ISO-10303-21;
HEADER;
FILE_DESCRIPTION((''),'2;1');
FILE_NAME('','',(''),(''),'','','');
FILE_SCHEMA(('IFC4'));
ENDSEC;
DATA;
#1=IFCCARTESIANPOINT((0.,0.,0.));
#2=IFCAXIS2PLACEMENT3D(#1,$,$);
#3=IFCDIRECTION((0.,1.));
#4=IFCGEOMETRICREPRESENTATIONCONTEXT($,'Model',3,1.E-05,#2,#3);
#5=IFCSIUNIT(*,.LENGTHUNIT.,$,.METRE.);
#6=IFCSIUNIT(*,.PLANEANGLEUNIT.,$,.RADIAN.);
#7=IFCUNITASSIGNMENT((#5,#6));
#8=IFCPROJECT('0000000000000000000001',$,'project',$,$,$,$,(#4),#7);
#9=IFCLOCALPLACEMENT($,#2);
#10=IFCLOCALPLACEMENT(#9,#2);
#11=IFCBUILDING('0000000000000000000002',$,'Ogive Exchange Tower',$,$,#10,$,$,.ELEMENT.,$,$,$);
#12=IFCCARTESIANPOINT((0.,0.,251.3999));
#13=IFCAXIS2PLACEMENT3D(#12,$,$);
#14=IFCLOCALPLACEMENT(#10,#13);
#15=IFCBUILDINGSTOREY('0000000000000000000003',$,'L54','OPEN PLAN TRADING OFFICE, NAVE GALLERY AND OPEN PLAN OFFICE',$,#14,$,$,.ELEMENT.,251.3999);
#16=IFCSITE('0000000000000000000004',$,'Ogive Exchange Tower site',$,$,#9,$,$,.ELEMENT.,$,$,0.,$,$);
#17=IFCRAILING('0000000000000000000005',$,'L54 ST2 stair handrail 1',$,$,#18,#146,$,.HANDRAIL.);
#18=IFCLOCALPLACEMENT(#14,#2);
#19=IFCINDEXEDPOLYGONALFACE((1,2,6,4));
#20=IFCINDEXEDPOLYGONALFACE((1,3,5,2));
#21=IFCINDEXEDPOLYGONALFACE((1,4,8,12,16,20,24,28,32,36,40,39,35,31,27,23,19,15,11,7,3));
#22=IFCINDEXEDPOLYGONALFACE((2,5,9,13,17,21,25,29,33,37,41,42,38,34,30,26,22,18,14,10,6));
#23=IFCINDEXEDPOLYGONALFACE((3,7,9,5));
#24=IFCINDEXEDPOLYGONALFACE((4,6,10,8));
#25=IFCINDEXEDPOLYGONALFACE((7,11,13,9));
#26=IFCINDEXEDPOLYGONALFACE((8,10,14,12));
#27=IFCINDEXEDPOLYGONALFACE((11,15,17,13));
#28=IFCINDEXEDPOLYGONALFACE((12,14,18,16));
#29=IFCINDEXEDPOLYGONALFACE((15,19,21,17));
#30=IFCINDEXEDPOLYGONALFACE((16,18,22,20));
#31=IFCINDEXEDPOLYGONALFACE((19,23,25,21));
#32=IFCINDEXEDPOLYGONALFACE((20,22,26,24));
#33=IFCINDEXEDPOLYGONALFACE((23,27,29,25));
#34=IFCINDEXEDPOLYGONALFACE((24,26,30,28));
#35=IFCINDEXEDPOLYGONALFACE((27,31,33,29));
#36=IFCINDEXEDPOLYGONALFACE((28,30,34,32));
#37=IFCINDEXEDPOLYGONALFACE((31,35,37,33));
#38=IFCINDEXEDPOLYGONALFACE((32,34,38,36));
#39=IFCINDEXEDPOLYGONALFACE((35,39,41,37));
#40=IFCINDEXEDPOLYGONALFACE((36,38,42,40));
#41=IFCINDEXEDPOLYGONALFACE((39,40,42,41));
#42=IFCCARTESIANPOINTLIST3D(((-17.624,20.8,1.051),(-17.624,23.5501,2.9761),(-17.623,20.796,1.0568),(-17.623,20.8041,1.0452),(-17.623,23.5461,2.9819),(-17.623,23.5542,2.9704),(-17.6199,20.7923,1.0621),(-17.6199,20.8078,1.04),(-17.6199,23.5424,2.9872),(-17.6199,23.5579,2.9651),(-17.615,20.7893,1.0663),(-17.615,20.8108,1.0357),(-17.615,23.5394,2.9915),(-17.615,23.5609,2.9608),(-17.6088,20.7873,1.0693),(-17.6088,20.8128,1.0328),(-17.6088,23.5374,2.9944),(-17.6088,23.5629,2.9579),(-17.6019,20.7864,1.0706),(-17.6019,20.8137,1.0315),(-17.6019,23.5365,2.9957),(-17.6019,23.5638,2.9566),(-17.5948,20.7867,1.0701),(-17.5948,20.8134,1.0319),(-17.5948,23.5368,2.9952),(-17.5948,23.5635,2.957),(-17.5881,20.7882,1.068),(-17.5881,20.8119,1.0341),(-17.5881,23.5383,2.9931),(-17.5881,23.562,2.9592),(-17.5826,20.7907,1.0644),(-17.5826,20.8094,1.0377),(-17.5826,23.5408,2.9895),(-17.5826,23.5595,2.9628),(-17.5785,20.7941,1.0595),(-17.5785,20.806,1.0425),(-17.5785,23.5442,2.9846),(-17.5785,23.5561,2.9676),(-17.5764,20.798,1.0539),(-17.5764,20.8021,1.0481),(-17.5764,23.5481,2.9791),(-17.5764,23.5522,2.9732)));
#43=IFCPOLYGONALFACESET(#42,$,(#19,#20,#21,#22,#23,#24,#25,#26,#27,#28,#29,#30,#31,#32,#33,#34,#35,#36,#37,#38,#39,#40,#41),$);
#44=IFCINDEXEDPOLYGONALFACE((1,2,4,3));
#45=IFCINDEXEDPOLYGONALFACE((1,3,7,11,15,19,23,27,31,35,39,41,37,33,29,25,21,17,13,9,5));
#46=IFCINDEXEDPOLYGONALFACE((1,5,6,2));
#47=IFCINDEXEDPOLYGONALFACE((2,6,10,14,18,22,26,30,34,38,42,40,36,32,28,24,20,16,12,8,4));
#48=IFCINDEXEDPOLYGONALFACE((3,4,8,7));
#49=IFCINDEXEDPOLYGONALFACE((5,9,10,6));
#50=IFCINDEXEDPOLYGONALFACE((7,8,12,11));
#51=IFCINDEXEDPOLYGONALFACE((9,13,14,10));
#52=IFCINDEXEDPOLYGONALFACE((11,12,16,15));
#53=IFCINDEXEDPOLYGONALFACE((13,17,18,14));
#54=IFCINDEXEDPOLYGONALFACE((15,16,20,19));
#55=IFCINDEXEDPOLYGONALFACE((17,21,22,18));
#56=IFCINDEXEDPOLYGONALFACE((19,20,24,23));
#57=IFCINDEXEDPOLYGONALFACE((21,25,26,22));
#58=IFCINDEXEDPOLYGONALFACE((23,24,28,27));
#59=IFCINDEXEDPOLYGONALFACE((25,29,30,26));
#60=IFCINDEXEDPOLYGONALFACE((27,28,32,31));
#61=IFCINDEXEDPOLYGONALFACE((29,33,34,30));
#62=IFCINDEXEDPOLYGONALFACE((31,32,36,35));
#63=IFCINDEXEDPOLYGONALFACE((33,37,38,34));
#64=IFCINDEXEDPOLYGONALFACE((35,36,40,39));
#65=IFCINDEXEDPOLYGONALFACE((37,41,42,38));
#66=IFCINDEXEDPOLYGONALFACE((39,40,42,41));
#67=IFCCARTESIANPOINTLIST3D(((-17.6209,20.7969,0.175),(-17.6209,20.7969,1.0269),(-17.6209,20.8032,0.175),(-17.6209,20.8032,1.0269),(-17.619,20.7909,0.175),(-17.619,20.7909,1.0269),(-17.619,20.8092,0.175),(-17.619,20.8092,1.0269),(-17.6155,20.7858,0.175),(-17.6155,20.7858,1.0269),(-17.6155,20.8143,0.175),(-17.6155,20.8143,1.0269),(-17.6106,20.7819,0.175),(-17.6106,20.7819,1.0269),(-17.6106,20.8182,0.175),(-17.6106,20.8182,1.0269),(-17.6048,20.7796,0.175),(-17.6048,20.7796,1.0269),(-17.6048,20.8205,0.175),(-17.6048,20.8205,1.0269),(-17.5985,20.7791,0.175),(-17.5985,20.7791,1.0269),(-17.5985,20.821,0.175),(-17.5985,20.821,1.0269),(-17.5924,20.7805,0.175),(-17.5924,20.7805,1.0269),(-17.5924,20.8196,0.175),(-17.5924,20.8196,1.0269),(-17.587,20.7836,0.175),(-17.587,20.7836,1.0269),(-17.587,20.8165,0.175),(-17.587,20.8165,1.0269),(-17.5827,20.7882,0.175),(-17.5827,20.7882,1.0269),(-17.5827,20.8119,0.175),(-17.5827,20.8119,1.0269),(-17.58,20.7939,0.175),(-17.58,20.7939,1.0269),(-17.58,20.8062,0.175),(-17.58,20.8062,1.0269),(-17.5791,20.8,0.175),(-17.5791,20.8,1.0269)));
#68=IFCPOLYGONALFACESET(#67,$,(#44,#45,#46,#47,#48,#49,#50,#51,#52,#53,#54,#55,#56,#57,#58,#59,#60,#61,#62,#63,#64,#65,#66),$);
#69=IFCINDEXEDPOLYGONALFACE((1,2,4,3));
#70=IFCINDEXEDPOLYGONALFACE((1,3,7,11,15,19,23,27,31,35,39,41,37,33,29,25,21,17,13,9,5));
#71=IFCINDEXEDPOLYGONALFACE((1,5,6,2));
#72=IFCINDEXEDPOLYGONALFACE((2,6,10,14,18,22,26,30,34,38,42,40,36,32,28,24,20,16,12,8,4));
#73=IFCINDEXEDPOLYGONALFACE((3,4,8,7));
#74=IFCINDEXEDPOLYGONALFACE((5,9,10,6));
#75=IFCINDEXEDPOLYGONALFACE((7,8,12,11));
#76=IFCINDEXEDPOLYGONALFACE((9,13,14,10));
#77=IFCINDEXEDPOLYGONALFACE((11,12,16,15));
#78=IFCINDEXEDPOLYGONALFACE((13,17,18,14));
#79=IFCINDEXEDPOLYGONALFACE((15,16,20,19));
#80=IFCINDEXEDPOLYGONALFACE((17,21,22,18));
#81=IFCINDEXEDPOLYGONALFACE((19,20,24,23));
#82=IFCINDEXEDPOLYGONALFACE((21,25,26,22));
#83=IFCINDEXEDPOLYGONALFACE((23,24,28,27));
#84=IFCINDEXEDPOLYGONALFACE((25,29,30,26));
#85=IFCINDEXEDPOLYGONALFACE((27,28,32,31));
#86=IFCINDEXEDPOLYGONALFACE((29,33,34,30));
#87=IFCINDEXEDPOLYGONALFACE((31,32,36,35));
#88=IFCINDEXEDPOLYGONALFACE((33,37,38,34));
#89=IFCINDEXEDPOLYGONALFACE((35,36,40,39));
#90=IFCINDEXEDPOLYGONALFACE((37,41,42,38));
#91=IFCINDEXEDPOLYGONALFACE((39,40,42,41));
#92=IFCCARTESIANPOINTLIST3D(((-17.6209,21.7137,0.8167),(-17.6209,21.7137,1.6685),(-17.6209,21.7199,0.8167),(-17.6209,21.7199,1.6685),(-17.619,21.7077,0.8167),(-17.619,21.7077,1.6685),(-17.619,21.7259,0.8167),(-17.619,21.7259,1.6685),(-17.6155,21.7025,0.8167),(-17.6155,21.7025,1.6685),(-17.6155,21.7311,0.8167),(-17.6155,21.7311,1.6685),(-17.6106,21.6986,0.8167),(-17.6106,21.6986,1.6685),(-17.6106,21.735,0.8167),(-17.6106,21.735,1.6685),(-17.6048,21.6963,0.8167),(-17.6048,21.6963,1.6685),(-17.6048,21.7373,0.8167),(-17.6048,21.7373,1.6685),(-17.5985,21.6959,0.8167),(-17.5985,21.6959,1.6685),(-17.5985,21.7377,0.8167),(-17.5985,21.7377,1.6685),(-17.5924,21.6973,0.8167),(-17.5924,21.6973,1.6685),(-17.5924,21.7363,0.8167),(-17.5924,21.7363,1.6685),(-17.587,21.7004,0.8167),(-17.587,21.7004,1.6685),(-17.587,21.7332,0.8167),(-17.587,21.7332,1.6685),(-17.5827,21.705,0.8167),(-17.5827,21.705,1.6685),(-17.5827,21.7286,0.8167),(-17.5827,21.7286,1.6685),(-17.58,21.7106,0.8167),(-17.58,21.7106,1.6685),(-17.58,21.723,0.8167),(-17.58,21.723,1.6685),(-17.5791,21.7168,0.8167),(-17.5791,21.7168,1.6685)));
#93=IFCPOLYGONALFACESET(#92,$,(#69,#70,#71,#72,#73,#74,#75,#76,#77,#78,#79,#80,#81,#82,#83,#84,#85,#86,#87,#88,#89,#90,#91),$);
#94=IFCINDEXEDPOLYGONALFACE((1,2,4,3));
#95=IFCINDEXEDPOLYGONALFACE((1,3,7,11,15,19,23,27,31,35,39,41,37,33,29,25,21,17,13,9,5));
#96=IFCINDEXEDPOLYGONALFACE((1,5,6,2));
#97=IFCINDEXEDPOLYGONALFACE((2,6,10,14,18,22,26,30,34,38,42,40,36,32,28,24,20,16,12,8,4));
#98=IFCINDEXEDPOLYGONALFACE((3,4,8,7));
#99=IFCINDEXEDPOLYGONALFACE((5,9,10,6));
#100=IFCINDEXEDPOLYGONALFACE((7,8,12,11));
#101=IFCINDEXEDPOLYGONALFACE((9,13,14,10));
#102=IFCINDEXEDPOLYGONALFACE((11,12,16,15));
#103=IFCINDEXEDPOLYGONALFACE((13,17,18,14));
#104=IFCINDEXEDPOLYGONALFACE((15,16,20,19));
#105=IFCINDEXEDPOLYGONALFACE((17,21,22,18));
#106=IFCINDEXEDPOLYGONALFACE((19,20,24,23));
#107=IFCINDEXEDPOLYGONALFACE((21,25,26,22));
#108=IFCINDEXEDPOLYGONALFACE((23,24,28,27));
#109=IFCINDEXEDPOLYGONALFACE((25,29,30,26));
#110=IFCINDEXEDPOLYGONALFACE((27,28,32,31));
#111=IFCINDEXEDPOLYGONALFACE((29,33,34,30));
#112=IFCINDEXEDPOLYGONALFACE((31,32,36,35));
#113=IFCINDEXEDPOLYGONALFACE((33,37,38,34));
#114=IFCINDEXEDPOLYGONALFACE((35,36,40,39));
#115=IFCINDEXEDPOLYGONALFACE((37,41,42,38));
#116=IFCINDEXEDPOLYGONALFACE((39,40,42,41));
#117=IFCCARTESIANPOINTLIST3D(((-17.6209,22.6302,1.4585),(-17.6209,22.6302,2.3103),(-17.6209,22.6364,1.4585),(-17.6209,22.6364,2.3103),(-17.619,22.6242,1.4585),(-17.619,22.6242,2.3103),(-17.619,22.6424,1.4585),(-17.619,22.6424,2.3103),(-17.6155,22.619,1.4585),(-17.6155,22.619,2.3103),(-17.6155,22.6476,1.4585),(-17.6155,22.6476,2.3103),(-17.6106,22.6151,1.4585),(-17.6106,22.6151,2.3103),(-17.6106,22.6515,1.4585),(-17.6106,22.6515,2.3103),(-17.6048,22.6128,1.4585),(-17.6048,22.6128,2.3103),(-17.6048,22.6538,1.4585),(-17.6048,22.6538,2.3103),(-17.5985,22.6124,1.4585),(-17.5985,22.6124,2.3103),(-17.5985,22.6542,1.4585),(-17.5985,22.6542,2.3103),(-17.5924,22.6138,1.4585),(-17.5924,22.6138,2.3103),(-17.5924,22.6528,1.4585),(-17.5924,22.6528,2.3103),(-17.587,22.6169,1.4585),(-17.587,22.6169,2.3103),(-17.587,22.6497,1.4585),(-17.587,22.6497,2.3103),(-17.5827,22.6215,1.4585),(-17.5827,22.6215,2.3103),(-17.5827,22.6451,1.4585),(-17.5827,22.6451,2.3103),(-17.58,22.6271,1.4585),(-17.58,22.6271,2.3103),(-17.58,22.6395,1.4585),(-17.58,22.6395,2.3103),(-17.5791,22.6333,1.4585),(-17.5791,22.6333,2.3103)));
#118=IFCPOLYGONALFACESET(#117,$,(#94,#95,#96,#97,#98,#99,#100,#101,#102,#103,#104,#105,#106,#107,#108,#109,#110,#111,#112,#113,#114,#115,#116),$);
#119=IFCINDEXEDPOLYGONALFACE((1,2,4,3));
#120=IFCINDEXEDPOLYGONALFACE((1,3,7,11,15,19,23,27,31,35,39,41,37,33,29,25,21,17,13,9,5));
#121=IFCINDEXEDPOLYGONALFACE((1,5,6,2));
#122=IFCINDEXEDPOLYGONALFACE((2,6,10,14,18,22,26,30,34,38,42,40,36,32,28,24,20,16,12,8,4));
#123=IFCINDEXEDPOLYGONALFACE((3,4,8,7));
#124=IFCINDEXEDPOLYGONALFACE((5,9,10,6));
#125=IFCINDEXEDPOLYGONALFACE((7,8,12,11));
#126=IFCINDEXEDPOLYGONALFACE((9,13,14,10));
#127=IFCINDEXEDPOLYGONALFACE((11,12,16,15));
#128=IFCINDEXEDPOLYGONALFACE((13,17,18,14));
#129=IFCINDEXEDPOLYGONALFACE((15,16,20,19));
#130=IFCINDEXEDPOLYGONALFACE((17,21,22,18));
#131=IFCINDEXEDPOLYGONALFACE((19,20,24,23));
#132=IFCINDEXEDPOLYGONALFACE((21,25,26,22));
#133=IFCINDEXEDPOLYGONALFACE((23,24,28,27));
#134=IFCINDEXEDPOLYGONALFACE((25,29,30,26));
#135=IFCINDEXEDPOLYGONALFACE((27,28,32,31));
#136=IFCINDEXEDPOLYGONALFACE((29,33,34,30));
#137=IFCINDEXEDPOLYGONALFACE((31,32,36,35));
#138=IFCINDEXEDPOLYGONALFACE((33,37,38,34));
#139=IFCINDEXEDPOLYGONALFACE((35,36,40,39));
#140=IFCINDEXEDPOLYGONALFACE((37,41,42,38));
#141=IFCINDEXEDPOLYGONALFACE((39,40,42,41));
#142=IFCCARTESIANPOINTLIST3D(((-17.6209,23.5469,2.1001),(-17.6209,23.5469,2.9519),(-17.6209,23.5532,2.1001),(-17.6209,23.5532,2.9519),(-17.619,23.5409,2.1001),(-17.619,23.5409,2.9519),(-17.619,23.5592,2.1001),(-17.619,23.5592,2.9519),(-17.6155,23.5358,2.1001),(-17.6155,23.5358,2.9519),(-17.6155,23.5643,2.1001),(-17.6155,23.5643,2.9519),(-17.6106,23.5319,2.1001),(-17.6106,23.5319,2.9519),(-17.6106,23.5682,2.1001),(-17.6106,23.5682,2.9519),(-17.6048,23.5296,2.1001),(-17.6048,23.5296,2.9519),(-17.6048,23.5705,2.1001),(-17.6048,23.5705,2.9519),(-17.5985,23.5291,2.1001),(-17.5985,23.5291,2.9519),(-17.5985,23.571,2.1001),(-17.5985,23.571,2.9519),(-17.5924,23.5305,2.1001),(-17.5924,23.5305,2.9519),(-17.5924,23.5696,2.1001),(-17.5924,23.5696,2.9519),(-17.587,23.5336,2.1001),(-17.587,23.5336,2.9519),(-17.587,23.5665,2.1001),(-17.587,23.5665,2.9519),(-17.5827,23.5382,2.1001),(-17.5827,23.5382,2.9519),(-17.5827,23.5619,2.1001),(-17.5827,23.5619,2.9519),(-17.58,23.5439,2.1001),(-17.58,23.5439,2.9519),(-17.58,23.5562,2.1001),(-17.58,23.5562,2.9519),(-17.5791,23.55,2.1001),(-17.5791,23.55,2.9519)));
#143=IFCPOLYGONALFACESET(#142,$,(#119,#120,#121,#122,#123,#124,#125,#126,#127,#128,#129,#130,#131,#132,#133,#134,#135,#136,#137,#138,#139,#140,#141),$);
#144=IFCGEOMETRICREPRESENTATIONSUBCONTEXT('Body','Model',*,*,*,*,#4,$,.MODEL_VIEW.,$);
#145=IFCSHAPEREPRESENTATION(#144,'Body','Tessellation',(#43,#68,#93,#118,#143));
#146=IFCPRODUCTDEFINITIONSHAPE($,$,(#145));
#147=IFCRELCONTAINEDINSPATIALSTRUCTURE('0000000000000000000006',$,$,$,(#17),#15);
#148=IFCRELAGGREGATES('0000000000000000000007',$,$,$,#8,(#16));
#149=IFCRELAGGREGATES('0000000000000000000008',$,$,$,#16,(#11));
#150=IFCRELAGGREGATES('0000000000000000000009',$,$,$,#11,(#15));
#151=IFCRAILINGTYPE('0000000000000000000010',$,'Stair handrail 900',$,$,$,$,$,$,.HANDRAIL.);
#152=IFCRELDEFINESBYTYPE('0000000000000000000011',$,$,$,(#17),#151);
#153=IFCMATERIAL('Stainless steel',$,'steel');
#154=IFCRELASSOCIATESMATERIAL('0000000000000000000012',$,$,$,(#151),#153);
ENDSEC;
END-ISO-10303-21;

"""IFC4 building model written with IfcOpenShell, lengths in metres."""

from ifc_helpers import new_model, si_unit, direction, frame, origin, origin_2d, place, context, subcontext, project, spatial, circle, extrude, material, type_object, element, save


model = new_model("IFC4")

# Units and contexts
model_context = context("Model", 3, precision=1e-05, world=origin(), true_north=direction((0.0, 1.0)))
body_context = subcontext(model_context, "Body", "Model", "MODEL_VIEW")
ifc_project = project(units=[si_unit("LENGTHUNIT", "METRE"), si_unit("PLANEANGLEUNIT", "RADIAN")], contexts=[model_context])

# Site, building, storey
site_placement = place(None, origin())
site = spatial("IfcSite", under=ifc_project, at=site_placement, Name="Ogive Exchange Tower site", CompositionType="ELEMENT", RefElevation=0.0)
building_placement = place(site_placement, origin())
building = spatial("IfcBuilding", under=site, at=building_placement, Name="Ogive Exchange Tower", CompositionType="ELEMENT")
storey_placement = place(building_placement, frame((0.0, 0.0, 251.3999)))
storey = spatial("IfcBuildingStorey", under=building, at=storey_placement, Name="L54", Description="OPEN PLAN TRADING OFFICE, NAVE GALLERY AND OPEN PLAN OFFICE", CompositionType="ELEMENT", Elevation=251.3999)

# Railing
ifc_material_1 = material(Name="Stainless steel", Category="steel")
railing_type = type_object("IfcRailingType", Name="Stair handrail 900", PredefinedType="HANDRAIL", material=ifc_material_1)
railing_placement = place(storey_placement, frame((-17.6001, 20.8, 0.175)))
element("IfcRailing", 1, at=railing_placement, inside=storey, type_object=railing_type, Name="L54 ST2 stair handrail 1", PredefinedType="HANDRAIL", context=body_context, shape_type="SweptSolid", body=[
    extrude(circle(Radius=0.0239, at=origin_2d()), frame((0.0, 0.0, 0.876), z_axis=(0.0, 0.819225, 0.573472), x_axis=(-1.0, 0.0, 0.0)), (0.0, 0.0, 1.0), 3.3569),
    extrude(circle(Radius=0.021, at=origin_2d()), origin(), (0.0, 0.0, 1.0), 0.8518),
    extrude(circle(Radius=0.021, at=origin_2d()), frame((0.0, 0.9167, 0.6416)), (0.0, 0.0, 1.0), 0.8518),
    extrude(circle(Radius=0.021, at=origin_2d()), frame((0.0, 1.8333, 1.2834)), (0.0, 0.0, 1.0), 0.8518),
    extrude(circle(Radius=0.021, at=origin_2d()), frame((0.0, 2.75, 1.925)), (0.0, 0.0, 1.0), 0.8518),
])

save(model, "model.ifc")
